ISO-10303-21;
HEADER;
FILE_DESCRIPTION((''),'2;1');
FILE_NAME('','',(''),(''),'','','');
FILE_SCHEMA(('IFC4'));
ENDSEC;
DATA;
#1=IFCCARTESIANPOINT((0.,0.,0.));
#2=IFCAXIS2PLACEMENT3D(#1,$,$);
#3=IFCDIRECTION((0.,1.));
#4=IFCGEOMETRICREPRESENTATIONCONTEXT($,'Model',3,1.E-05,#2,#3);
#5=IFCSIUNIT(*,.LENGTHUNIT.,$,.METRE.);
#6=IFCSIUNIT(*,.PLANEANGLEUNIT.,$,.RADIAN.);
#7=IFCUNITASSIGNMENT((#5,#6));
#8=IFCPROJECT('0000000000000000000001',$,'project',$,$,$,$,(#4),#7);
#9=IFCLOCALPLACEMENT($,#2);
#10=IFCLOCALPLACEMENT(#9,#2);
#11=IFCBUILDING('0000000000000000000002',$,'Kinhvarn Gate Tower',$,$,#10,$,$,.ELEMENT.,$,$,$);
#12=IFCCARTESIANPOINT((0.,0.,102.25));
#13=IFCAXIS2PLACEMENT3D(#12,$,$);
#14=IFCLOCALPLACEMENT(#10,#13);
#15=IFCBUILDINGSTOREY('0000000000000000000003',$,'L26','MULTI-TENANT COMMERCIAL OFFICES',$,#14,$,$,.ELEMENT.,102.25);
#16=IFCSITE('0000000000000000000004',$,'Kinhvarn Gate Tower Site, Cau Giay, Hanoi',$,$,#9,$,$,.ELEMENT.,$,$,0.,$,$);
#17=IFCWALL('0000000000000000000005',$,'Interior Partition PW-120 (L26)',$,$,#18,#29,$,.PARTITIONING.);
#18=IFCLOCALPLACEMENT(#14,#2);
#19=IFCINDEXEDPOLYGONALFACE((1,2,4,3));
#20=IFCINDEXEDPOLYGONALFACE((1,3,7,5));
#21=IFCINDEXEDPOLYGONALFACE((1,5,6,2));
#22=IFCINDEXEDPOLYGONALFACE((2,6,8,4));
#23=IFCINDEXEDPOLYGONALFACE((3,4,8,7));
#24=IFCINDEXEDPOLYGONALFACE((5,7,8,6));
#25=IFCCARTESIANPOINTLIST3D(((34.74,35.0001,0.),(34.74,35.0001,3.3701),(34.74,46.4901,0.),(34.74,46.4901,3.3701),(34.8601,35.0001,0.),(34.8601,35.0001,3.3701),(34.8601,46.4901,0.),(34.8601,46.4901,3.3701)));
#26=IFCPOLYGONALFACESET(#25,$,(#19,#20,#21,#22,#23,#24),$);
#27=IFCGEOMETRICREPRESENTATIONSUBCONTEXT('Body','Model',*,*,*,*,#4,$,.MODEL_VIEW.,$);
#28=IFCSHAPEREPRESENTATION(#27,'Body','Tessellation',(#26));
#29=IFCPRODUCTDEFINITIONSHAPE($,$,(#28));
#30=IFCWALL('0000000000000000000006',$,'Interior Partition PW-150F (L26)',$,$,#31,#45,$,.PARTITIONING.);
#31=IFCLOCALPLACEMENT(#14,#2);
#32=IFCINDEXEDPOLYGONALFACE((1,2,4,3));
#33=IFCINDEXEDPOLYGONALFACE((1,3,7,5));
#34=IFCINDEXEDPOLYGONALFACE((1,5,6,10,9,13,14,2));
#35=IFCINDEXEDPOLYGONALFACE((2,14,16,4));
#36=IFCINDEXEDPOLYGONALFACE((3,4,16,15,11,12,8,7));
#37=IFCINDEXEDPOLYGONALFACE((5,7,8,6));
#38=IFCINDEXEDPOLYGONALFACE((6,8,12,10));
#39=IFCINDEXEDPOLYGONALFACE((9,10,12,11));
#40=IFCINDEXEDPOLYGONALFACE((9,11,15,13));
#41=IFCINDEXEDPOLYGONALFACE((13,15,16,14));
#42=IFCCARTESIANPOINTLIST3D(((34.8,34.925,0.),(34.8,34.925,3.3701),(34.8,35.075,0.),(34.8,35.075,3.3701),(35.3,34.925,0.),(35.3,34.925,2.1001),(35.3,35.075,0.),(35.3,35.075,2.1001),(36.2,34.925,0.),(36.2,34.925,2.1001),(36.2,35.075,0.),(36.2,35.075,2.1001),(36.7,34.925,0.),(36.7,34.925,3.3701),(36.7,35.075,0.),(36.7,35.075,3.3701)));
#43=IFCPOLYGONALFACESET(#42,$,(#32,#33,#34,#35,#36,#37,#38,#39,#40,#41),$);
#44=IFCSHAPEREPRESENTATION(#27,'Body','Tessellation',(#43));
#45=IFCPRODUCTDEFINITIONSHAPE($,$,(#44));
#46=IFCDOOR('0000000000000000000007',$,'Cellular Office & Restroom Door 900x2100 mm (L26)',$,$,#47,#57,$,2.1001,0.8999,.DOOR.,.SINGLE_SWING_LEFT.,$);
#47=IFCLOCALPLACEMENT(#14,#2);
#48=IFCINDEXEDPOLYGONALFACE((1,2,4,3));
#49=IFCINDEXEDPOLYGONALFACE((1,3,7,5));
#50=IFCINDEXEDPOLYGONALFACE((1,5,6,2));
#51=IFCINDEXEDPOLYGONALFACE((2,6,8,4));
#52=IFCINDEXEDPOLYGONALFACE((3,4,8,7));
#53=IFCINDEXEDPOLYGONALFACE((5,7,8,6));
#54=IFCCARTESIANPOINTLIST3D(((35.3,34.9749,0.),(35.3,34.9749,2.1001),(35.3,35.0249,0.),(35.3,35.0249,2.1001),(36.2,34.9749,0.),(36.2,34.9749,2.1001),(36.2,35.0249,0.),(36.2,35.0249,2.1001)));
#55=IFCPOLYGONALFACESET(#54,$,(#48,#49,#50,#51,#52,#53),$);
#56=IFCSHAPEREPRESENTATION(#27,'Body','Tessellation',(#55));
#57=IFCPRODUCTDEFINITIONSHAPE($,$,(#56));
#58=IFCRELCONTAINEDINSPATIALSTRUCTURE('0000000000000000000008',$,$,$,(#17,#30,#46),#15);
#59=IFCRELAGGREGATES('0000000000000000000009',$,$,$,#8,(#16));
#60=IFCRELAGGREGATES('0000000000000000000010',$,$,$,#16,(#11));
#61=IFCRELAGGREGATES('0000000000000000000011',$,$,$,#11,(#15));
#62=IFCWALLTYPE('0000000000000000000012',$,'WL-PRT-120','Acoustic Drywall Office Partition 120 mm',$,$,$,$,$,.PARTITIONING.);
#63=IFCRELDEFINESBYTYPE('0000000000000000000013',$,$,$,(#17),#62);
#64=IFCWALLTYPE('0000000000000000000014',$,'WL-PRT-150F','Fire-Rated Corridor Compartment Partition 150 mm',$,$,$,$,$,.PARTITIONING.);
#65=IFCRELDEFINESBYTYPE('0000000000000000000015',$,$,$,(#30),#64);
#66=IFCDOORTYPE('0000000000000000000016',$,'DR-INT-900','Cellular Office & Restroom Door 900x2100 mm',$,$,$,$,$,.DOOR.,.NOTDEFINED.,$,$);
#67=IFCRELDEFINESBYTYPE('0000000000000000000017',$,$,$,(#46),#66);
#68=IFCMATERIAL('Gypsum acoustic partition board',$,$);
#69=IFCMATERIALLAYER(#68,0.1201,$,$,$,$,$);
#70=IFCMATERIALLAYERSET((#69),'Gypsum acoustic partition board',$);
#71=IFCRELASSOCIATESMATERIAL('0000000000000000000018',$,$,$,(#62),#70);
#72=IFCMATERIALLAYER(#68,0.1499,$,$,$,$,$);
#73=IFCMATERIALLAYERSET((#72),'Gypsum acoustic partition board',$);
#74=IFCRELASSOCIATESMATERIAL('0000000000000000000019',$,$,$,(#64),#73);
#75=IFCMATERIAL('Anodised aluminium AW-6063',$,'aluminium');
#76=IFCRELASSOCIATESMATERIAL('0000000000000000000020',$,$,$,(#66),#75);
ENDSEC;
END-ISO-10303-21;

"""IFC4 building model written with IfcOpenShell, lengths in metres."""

from ifc_helpers import new_model, si_unit, direction, frame, frame_2d, origin, place, context, subcontext, project, spatial, rectangle, extrude, material, layer, layer_set, type_object, element, fill, save


model = new_model("IFC4")

# Units and contexts
model_context = context("Model", 3, precision=1e-05, world=origin(), true_north=direction((0.0, 1.0)))
body_context = subcontext(model_context, "Body", "Model", "MODEL_VIEW")
ifc_project = project(units=[si_unit("LENGTHUNIT", "METRE"), si_unit("PLANEANGLEUNIT", "RADIAN")], contexts=[model_context])

# Site, building, storey
site_placement = place(None, origin())
site = spatial("IfcSite", under=ifc_project, at=site_placement, Name="Kinhvarn Gate Tower Site, Cau Giay, Hanoi", CompositionType="ELEMENT", RefElevation=0.0)
building_placement = place(site_placement, origin())
building = spatial("IfcBuilding", under=site, at=building_placement, Name="Kinhvarn Gate Tower", CompositionType="ELEMENT")
storey_placement = place(building_placement, frame((0.0, 0.0, 102.25)))
storey = spatial("IfcBuildingStorey", under=building, at=storey_placement, Name="L26", Description="MULTI-TENANT COMMERCIAL OFFICES", CompositionType="ELEMENT", Elevation=102.25)

# Shared definitions
ifc_material_1 = material(Name="Anodised aluminium AW-6063", Category="aluminium")

# Wall
ifc_material_2 = material(Name="Gypsum acoustic partition board")
ifc_layer_1 = layer(ifc_material_2, 0.1201)
ifc_layer_set_1 = layer_set([ifc_layer_1], Name="Gypsum acoustic partition board")
wall_type_1 = type_object("IfcWallType", Name="WL-PRT-120", Description="Acoustic Drywall Office Partition 120 mm", PredefinedType="PARTITIONING", material=ifc_layer_set_1)
wall_1_placement = place(storey_placement, frame((34.8, 35.0, 0.0), z_axis=(0.0, 0.0, 1.0), x_axis=(0.0, 1.0, 0.0)))
element("IfcWall", 1, at=wall_1_placement, inside=storey, type_object=wall_type_1, Name="Interior Partition PW-120 (L26)", PredefinedType="PARTITIONING", context=body_context, shape_type="SweptSolid", body=[
    extrude(rectangle(XDim=11.49, YDim=0.1201, at=frame_2d((5.7451, 0.0))), origin(), (0.0, 0.0, 1.0), 3.3701),
])

# Wall, opening, door
ifc_layer_2 = layer(ifc_material_2, 0.1499)
ifc_layer_set_2 = layer_set([ifc_layer_2], Name="Gypsum acoustic partition board")
wall_type_2 = type_object("IfcWallType", Name="WL-PRT-150F", Description="Fire-Rated Corridor Compartment Partition 150 mm", PredefinedType="PARTITIONING", material=ifc_layer_set_2)
wall_2_placement = place(storey_placement, frame((34.8, 35.0, 0.0), z_axis=(0.0, 0.0, 1.0), x_axis=(1.0, 0.0, 0.0)))
wall_2 = element("IfcWall", 2, at=wall_2_placement, inside=storey, type_object=wall_type_2, Name="Interior Partition PW-150F (L26)", PredefinedType="PARTITIONING", context=body_context, shape_type="SweptSolid", body=[
    extrude(rectangle(XDim=1.8999, YDim=0.1499, at=frame_2d((0.95, 0.0))), origin(), (0.0, 0.0, 1.0), 3.3701),
])
opening_placement = place(wall_2_placement, frame((0.5, 0.0, 0.0)))
opening = element("IfcOpeningElement", 3, at=opening_placement, cuts=wall_2, PredefinedType="OPENING", context=body_context, shape_type="SweptSolid", body=[
    extrude(rectangle(XDim=0.8999, YDim=2.1001, at=frame_2d((0.45, 1.05))), frame((0.0, 0.085, 0.0), z_axis=(0.0, -1.0, 0.0), x_axis=(1.0, 0.0, 0.0)), (0.0, 0.0, 1.0), 0.1699),
])
door_type = type_object("IfcDoorType", Name="DR-INT-900", Description="Cellular Office & Restroom Door 900x2100 mm", OperationType="NOTDEFINED", PredefinedType="DOOR", material=ifc_material_1)
door_placement = place(opening_placement, origin())
door = element("IfcDoor", 4, at=door_placement, inside=storey, type_object=door_type, Name="Cellular Office & Restroom Door 900x2100 mm (L26)", OperationType="SINGLE_SWING_LEFT", OverallHeight=2.1001, OverallWidth=0.8999, PredefinedType="DOOR", context=body_context, shape_type="SweptSolid", body=[
    extrude(rectangle(XDim=0.8999, YDim=2.1001, at=frame_2d((0.45, 1.05))), frame((0.0, 0.0249, 0.0), z_axis=(0.0, -1.0, 0.0), x_axis=(1.0, 0.0, 0.0)), (0.0, 0.0, 1.0), 0.05),
])
fill(opening, door)

save(model, "model.ifc")
